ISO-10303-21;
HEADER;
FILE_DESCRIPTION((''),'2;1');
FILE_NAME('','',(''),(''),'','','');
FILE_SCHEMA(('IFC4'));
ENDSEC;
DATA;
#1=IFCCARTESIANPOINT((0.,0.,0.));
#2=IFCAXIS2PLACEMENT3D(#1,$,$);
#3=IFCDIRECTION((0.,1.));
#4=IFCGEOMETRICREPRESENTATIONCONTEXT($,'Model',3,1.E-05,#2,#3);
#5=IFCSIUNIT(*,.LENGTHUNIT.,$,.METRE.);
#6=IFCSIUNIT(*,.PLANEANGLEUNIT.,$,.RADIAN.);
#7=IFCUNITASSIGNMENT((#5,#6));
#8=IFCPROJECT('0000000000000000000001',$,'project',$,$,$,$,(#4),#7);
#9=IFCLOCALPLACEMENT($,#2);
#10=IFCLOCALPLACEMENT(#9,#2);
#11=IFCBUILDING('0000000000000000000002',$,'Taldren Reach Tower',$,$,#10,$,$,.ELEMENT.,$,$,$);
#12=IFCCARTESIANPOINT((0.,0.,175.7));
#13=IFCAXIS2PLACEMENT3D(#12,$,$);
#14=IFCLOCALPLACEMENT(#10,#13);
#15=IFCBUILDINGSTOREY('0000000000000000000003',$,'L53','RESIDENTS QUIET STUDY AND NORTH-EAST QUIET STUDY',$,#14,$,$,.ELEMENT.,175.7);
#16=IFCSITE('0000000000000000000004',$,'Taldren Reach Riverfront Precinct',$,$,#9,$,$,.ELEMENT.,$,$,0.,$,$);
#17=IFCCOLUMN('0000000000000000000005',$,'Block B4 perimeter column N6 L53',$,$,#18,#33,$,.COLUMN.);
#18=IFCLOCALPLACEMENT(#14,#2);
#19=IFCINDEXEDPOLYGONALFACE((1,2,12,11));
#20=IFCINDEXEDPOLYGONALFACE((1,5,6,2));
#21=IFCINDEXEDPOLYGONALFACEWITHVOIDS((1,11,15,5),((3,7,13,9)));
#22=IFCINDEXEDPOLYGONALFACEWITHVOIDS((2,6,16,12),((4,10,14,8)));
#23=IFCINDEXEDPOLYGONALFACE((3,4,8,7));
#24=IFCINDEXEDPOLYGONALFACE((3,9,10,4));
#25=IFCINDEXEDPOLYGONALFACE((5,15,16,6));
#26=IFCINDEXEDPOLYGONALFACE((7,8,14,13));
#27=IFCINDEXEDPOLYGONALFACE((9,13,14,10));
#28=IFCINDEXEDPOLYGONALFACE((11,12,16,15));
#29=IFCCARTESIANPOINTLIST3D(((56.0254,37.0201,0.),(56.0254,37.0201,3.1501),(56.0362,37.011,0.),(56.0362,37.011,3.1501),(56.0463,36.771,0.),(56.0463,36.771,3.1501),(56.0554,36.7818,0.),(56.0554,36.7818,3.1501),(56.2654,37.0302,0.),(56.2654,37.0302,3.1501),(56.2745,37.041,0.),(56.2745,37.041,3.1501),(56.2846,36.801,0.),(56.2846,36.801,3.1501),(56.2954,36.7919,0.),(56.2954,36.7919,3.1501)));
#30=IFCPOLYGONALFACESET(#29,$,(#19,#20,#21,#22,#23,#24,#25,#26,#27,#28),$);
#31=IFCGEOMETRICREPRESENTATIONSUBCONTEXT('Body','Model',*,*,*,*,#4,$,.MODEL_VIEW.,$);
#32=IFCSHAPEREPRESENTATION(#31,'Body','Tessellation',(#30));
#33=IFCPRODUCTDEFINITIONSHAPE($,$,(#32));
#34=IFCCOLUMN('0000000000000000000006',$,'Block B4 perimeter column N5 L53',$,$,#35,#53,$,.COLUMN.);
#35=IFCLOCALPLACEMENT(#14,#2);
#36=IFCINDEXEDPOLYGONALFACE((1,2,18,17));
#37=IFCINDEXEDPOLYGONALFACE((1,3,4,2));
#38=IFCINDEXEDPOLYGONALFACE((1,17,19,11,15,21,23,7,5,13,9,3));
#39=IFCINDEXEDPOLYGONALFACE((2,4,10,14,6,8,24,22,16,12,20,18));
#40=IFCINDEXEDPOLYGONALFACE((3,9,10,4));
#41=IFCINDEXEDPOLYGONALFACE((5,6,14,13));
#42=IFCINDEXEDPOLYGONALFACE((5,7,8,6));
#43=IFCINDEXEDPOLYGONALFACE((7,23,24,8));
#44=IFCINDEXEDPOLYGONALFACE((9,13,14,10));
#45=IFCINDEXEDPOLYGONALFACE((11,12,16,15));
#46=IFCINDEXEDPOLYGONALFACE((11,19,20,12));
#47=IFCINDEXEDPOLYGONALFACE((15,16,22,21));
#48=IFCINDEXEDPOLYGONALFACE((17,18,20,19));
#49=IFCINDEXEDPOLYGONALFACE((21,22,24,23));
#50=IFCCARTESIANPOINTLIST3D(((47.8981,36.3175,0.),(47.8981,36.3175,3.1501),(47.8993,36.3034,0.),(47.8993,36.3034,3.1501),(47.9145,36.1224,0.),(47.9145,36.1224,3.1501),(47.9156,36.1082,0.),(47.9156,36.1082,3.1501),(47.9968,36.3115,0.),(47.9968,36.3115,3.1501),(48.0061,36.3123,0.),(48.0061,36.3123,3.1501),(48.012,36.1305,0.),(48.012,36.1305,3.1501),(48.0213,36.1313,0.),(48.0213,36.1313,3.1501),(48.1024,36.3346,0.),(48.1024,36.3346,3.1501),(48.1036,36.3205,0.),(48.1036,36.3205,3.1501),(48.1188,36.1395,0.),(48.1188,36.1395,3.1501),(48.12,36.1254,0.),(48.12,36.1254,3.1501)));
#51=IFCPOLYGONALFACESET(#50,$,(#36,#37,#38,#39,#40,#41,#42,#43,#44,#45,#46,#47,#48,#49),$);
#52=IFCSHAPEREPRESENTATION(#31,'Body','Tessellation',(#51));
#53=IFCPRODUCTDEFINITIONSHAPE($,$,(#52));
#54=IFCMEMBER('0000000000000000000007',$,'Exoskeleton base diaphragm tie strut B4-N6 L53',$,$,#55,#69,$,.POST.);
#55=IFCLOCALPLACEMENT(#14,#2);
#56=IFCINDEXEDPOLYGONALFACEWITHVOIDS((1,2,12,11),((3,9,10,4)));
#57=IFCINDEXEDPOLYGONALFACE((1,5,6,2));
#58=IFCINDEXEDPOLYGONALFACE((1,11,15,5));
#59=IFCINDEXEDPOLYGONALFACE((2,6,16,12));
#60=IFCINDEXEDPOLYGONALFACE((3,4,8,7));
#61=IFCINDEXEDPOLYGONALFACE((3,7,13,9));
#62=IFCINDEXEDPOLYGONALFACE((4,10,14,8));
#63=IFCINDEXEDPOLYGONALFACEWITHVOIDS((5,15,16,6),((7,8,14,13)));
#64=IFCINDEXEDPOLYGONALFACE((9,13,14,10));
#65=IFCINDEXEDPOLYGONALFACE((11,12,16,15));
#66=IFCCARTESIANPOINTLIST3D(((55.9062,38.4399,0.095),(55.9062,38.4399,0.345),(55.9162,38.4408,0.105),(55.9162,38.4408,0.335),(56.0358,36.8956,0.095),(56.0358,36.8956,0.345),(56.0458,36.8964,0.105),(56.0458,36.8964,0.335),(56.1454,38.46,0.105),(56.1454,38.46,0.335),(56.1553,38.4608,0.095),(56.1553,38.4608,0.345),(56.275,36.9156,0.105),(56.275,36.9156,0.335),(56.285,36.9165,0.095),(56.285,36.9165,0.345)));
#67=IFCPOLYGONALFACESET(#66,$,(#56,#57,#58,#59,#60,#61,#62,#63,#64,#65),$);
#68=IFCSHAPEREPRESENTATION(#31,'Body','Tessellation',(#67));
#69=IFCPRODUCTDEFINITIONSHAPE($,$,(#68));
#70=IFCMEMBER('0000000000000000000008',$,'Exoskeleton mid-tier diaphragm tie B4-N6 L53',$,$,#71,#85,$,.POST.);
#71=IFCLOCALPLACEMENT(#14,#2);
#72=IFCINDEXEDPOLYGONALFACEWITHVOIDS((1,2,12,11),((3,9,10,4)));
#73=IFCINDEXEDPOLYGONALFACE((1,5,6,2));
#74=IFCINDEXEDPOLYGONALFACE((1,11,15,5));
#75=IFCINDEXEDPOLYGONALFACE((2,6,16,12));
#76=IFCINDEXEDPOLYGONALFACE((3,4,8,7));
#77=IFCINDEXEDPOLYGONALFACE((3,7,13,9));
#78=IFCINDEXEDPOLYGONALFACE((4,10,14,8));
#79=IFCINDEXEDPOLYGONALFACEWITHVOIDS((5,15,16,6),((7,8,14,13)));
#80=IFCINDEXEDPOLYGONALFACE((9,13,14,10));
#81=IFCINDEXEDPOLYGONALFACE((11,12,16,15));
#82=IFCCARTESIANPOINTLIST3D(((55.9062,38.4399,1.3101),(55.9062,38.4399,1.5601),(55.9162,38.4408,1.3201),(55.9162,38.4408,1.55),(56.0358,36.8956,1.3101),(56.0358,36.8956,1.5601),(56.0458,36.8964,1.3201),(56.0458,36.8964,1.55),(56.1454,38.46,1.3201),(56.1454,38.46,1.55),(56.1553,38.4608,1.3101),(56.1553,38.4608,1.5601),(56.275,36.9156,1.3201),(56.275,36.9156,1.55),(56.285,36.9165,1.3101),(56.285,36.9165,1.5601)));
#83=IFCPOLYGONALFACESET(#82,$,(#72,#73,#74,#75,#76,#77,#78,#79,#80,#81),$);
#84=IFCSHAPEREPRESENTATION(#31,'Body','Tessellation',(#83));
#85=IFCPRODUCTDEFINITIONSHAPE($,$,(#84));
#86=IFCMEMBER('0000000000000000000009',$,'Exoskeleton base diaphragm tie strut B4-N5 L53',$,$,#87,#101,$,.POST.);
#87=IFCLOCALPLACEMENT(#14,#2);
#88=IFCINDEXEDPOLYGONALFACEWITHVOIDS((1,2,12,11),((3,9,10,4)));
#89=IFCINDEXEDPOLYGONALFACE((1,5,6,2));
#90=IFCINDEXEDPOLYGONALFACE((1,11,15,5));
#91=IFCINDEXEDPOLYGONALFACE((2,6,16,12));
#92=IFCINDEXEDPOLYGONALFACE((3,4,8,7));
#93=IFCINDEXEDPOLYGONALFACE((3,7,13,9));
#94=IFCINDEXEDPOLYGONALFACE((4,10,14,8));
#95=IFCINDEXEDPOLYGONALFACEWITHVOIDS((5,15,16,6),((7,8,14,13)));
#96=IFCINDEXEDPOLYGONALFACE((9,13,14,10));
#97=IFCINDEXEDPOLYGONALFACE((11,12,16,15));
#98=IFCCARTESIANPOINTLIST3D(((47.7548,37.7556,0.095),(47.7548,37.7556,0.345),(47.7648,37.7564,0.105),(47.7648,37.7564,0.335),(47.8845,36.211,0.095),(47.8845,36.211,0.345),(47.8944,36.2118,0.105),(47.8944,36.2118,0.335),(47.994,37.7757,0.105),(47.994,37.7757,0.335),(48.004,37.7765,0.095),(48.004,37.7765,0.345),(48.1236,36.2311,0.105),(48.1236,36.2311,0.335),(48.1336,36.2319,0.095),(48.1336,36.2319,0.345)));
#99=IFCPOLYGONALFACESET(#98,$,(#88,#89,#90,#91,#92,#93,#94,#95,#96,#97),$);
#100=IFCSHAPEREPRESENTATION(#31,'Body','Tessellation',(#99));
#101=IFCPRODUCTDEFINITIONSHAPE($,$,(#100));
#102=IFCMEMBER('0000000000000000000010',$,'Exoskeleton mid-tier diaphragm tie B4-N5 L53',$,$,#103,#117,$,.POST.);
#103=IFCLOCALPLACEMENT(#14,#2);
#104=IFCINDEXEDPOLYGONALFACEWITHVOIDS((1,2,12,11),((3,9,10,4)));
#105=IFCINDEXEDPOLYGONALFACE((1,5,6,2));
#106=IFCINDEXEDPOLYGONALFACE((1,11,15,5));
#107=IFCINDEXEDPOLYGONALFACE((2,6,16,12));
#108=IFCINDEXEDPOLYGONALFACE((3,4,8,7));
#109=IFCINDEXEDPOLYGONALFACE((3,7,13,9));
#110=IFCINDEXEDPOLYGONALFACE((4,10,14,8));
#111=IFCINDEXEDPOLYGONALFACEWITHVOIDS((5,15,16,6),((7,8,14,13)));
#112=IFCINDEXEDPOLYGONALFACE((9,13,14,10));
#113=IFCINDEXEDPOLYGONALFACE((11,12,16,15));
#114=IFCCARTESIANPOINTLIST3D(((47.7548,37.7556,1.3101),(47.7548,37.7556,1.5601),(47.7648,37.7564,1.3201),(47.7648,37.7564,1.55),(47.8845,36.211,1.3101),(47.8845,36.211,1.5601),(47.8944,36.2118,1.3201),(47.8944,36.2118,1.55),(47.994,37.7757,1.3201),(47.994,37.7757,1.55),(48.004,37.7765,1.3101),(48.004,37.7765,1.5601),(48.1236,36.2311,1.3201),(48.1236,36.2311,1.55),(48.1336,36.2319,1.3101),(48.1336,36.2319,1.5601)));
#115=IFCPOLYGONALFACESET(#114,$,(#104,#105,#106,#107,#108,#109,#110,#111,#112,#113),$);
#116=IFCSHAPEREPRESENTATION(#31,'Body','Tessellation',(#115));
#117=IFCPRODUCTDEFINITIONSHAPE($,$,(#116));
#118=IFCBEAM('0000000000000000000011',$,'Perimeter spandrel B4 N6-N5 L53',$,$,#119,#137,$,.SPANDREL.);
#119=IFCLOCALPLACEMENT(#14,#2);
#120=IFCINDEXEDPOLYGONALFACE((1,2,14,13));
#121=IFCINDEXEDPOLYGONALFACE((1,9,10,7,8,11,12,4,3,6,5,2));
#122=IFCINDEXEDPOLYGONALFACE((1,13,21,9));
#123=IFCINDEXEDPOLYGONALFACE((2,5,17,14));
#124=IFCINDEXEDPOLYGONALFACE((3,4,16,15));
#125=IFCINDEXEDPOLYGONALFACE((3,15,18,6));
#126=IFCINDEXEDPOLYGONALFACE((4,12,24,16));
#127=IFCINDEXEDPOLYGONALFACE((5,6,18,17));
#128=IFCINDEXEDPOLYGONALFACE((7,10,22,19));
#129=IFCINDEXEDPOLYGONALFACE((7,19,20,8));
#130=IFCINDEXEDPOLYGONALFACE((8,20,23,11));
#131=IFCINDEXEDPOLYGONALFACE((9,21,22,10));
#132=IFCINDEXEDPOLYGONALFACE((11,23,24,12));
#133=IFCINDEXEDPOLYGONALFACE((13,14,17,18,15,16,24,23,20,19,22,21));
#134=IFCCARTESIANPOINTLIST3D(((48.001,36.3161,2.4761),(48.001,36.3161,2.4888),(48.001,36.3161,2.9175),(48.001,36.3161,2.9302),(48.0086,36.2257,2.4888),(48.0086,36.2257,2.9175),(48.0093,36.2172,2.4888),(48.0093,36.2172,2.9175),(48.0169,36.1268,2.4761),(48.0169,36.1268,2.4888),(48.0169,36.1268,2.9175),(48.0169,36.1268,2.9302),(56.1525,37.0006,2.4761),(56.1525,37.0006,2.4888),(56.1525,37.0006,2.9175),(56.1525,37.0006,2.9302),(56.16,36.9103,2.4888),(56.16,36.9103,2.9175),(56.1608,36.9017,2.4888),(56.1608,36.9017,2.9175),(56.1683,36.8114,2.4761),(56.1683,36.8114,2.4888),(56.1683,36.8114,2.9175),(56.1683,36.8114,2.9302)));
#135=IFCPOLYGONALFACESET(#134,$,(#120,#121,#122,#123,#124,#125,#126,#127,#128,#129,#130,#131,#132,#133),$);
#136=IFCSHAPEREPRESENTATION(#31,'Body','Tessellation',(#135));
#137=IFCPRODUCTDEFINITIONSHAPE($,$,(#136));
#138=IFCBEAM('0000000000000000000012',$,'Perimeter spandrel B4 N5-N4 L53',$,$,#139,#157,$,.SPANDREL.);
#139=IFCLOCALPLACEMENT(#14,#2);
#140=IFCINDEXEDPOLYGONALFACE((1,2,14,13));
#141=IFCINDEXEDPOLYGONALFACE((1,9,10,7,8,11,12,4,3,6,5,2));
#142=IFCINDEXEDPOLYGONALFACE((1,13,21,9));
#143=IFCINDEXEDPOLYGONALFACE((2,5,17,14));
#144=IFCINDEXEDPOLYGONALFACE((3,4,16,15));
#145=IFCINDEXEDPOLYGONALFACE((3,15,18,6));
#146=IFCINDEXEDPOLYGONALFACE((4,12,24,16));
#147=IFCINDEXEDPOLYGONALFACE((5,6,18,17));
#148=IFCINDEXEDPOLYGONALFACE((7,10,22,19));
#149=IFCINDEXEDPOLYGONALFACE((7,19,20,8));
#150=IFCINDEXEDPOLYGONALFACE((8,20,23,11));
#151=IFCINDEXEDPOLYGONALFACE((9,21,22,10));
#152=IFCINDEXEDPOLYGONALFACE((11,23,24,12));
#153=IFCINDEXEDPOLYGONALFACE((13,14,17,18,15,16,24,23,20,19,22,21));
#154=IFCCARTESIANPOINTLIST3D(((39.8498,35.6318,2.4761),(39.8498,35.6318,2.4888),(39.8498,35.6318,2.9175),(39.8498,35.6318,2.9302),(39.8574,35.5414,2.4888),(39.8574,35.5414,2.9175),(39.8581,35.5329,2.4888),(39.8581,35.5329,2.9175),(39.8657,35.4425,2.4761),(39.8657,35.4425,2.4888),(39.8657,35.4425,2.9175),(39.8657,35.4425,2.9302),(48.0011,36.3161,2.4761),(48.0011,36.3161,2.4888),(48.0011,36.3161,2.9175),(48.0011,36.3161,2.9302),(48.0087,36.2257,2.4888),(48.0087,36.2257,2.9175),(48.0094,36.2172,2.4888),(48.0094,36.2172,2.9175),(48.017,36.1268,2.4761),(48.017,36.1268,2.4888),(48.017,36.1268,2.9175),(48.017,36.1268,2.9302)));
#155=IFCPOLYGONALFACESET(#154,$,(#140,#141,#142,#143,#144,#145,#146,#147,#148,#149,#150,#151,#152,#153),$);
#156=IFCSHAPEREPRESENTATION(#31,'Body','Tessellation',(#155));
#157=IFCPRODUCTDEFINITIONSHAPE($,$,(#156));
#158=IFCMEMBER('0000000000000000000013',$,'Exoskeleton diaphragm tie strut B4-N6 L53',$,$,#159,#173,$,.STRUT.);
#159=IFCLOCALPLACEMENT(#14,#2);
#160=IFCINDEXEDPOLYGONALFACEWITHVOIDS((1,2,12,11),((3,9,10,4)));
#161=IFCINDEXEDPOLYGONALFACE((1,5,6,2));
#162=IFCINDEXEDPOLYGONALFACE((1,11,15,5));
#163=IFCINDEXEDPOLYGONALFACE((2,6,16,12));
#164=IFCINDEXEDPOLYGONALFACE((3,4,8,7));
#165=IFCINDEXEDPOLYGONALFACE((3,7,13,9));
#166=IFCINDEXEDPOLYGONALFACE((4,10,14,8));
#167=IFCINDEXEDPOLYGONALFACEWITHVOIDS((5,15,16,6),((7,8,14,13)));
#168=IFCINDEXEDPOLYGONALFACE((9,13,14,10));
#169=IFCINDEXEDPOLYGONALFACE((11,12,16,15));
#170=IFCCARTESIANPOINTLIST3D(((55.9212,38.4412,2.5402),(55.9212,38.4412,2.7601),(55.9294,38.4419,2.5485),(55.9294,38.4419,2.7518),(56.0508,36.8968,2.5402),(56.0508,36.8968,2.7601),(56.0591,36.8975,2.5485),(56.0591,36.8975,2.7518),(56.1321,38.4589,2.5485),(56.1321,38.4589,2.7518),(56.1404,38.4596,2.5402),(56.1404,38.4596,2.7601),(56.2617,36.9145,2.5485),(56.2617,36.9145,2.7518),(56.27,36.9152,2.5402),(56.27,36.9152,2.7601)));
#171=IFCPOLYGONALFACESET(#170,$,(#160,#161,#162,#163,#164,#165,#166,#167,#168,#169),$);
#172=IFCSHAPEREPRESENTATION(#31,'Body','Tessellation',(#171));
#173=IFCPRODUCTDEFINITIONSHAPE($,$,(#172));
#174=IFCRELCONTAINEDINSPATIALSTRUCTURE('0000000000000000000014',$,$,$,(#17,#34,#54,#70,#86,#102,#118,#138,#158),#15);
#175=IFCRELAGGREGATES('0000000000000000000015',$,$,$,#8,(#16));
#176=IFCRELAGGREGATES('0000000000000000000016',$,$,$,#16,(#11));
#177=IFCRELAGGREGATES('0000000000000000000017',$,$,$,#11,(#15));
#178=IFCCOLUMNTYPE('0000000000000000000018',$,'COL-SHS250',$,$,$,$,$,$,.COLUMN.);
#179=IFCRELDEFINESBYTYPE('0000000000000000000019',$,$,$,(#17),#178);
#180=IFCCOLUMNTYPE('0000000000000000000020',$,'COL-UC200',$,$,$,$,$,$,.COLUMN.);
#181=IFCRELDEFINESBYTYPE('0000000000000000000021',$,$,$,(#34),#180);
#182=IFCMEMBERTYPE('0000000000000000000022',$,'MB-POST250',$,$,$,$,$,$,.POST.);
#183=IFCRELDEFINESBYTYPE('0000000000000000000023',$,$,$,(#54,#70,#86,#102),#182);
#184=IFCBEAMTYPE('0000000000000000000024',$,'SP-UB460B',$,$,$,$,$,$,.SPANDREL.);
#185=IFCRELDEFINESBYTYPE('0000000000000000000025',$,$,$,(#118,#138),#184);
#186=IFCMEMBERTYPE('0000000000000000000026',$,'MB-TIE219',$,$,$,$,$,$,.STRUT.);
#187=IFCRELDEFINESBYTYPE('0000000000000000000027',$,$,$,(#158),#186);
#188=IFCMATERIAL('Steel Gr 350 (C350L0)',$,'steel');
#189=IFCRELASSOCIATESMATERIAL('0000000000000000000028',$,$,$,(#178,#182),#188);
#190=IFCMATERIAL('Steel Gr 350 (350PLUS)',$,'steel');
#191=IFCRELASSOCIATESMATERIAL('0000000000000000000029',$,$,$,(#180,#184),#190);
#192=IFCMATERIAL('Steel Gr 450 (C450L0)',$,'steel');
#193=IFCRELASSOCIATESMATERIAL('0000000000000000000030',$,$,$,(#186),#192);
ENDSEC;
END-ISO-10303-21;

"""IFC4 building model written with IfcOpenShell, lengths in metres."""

from ifc_helpers import new_model, si_unit, direction, frame, origin, origin_2d, place, context, subcontext, project, spatial, hollow_rectangle, i_section, extrude, source, transform, mapped, material, material_profile, profile_set, type_object, element, save


model = new_model("IFC4")

# Units and contexts
model_context = context("Model", 3, precision=1e-05, world=origin(), true_north=direction((0.0, 1.0)))
body_context = subcontext(model_context, "Body", "Model", "MODEL_VIEW")
ifc_project = project(units=[si_unit("LENGTHUNIT", "METRE"), si_unit("PLANEANGLEUNIT", "RADIAN")], contexts=[model_context])

# Site, building, storey
site_placement = place(None, origin())
site = spatial("IfcSite", under=ifc_project, at=site_placement, Name="Taldren Reach Riverfront Precinct", CompositionType="ELEMENT", RefElevation=0.0)
building_placement = place(site_placement, origin())
building = spatial("IfcBuilding", under=site, at=building_placement, Name="Taldren Reach Tower", CompositionType="ELEMENT")
storey_placement = place(building_placement, frame((0.0, 0.0, 175.7)))
storey = spatial("IfcBuildingStorey", under=building, at=storey_placement, Name="L53", Description="RESIDENTS QUIET STUDY AND NORTH-EAST QUIET STUDY", CompositionType="ELEMENT", Elevation=175.7)

# Columns
ifc_material_1 = material(Name="Steel Gr 350 (C350L0)", Category="steel")
ifc_material_profile_1 = material_profile(ifc_material_1, hollow_rectangle(XDim=0.25, YDim=0.25, WallThickness=0.01, at=origin_2d()), Name="250x250x10.0SHS")
ifc_profile_set_1 = profile_set([ifc_material_profile_1], Name="Steel Gr 350 (C350L0)")
column_type_1 = type_object("IfcColumnType", Name="COL-SHS250", PredefinedType="COLUMN", material=ifc_profile_set_1)
shared_shape_1 = source(origin(), body_context, "Body", "SweptSolid", [
    extrude(hollow_rectangle(XDim=0.25, YDim=0.25, WallThickness=0.01, at=origin_2d()), origin(), (0.0, 0.0, 1.0), 3.1501),
])
column_1_placement = place(storey_placement, frame((56.1604, 36.906, 0.0), z_axis=(0.0, 0.0, 1.0), x_axis=(0.996493, 0.083678, 0.0)))
element("IfcColumn", 1, at=column_1_placement, inside=storey, type_object=column_type_1, Name="Block B4 perimeter column N6 L53", PredefinedType="COLUMN", context=body_context, shape_type="MappedRepresentation", body=[
    mapped(shared_shape_1, transform((0.0, 0.0, 0.0), scale=1.0)),
])
ifc_material_2 = material(Name="Steel Gr 350 (350PLUS)", Category="steel")
ifc_material_profile_2 = material_profile(ifc_material_2, i_section(OverallWidth=0.2051, OverallDepth=0.21, WebThickness=0.0093, FlangeThickness=0.0142, at=origin_2d()), Name="200UC59.5")
ifc_profile_set_2 = profile_set([ifc_material_profile_2], Name="Steel Gr 350 (350PLUS)")
column_type_2 = type_object("IfcColumnType", Name="COL-UC200", PredefinedType="COLUMN", material=ifc_profile_set_2)
shared_shape_2 = source(origin(), body_context, "Body", "SweptSolid", [
    extrude(i_section(OverallWidth=0.2051, OverallDepth=0.21, WebThickness=0.0093, FlangeThickness=0.0142, at=origin_2d()), origin(), (0.0, 0.0, 1.0), 3.1501),
])
column_2_placement = place(storey_placement, frame((48.009, 36.2214, 0.0), z_axis=(0.0, 0.0, 1.0), x_axis=(0.996493, 0.083678, 0.0)))
element("IfcColumn", 2, at=column_2_placement, inside=storey, type_object=column_type_2, Name="Block B4 perimeter column N5 L53", PredefinedType="COLUMN", context=body_context, shape_type="MappedRepresentation", body=[
    mapped(shared_shape_2, transform((0.0, 0.0, 0.0), scale=1.0)),
])

# Members
ifc_material_profile_3 = material_profile(ifc_material_1, hollow_rectangle(XDim=0.25, YDim=0.25, WallThickness=0.01, at=origin_2d()), Name="250x250x10.0SHS")
ifc_profile_set_3 = profile_set([ifc_material_profile_3], Name="Steel Gr 350 (C350L0)")
member_type_1 = type_object("IfcMemberType", Name="MB-POST250", PredefinedType="POST", material=ifc_profile_set_3)
shared_shape_3 = source(origin(), body_context, "Body", "SweptSolid", [
    extrude(hollow_rectangle(XDim=0.25, YDim=0.25, WallThickness=0.01, at=origin_2d()), origin(), (0.0, 0.0, 1.0), 1.5498),
])
for number, where, z_axis, x_axis, name in (
    (3, (56.1604, 36.906, 0.22), (-0.083645, 0.996496, 0.0), (-0.996496, -0.083645, 0.0), "Exoskeleton base diaphragm tie strut B4-N6 L53"),
    (4, (56.1604, 36.906, 1.4351), (-0.083645, 0.996496, 0.0), (-0.996496, -0.083645, 0.0), "Exoskeleton mid-tier diaphragm tie B4-N6 L53"),
):
    element("IfcMember", number, at=place(storey_placement, frame(where, z_axis=z_axis, x_axis=x_axis)), inside=storey, type_object=member_type_1, Name=name, PredefinedType="POST", context=body_context, shape_type="MappedRepresentation", body=[
        mapped(shared_shape_3, transform((0.0, 0.0, 0.0), scale=1.0)),
    ])
shared_shape_4 = source(origin(), body_context, "Body", "SweptSolid", [
    extrude(hollow_rectangle(XDim=0.25, YDim=0.25, WallThickness=0.01, at=origin_2d()), origin(), (0.0, 0.0, 1.0), 1.55),
])
for number, where, z_axis, x_axis, name in (
    (5, (48.009, 36.2214, 0.22), (-0.083632, 0.996497, 0.0), (-0.996497, -0.083632, 0.0), "Exoskeleton base diaphragm tie strut B4-N5 L53"),
    (6, (48.009, 36.2214, 1.4351), (-0.083632, 0.996497, 0.0), (-0.996497, -0.083632, 0.0), "Exoskeleton mid-tier diaphragm tie B4-N5 L53"),
):
    element("IfcMember", number, at=place(storey_placement, frame(where, z_axis=z_axis, x_axis=x_axis)), inside=storey, type_object=member_type_1, Name=name, PredefinedType="POST", context=body_context, shape_type="MappedRepresentation", body=[
        mapped(shared_shape_4, transform((0.0, 0.0, 0.0), scale=1.0)),
    ])

# Beams
ifc_material_profile_4 = material_profile(ifc_material_2, i_section(OverallWidth=0.1899, OverallDepth=0.4541, WebThickness=0.0085, FlangeThickness=0.0127, at=origin_2d()), Name="460UB67.1")
ifc_profile_set_4 = profile_set([ifc_material_profile_4], Name="Steel Gr 350 (350PLUS)")
beam_type = type_object("IfcBeamType", Name="SP-UB460B", PredefinedType="SPANDREL", material=ifc_profile_set_4)
shared_shape_5 = source(origin(), body_context, "Body", "SweptSolid", [
    extrude(i_section(OverallWidth=0.1899, OverallDepth=0.4541, WebThickness=0.0085, FlangeThickness=0.0127, at=origin_2d()), origin(), (0.0, 0.0, 1.0), 8.1802),
])
beam_1_placement = place(storey_placement, frame((56.1604, 36.906, 2.7031), z_axis=(-0.996492, -0.083688, 0.0), x_axis=(0.083688, -0.996492, 0.0)))
element("IfcBeam", 7, at=beam_1_placement, inside=storey, type_object=beam_type, Name="Perimeter spandrel B4 N6-N5 L53", PredefinedType="SPANDREL", context=body_context, shape_type="MappedRepresentation", body=[
    mapped(shared_shape_5, transform((0.0, 0.0, 0.0), scale=1.0)),
])
shared_shape_6 = source(origin(), body_context, "Body", "SweptSolid", [
    extrude(i_section(OverallWidth=0.1899, OverallDepth=0.4541, WebThickness=0.0085, FlangeThickness=0.0127, at=origin_2d()), origin(), (0.0, 0.0, 1.0), 8.1799),
])
beam_2_placement = place(storey_placement, frame((48.009, 36.2214, 2.7031), z_axis=(-0.996495, -0.083658, 0.0), x_axis=(0.083658, -0.996495, 0.0)))
element("IfcBeam", 8, at=beam_2_placement, inside=storey, type_object=beam_type, Name="Perimeter spandrel B4 N5-N4 L53", PredefinedType="SPANDREL", context=body_context, shape_type="MappedRepresentation", body=[
    mapped(shared_shape_6, transform((0.0, 0.0, 0.0), scale=1.0)),
])

# Member
ifc_material_3 = material(Name="Steel Gr 450 (C450L0)", Category="steel")
ifc_material_profile_5 = material_profile(ifc_material_3, hollow_rectangle(XDim=0.22, YDim=0.22, WallThickness=0.0083, at=origin_2d()), Name="220x220x8.2SHS")
ifc_profile_set_5 = profile_set([ifc_material_profile_5], Name="Steel Gr 450 (C450L0)")
member_type_2 = type_object("IfcMemberType", Name="MB-TIE219", PredefinedType="STRUT", material=ifc_profile_set_5)
shared_shape_7 = source(origin(), body_context, "Body", "SweptSolid", [
    extrude(hollow_rectangle(XDim=0.22, YDim=0.22, WallThickness=0.0083, at=origin_2d()), origin(), (0.0, 0.0, 1.0), 1.5498),
])
member_1_placement = place(storey_placement, frame((56.1604, 36.906, 2.6501), z_axis=(-0.083645, 0.996496, 0.0), x_axis=(-0.996496, -0.083645, 0.0)))
element("IfcMember", 9, at=member_1_placement, inside=storey, type_object=member_type_2, Name="Exoskeleton diaphragm tie strut B4-N6 L53", PredefinedType="STRUT", context=body_context, shape_type="MappedRepresentation", body=[
    mapped(shared_shape_7, transform((0.0, 0.0, 0.0), scale=1.0)),
])

save(model, "model.ifc")
